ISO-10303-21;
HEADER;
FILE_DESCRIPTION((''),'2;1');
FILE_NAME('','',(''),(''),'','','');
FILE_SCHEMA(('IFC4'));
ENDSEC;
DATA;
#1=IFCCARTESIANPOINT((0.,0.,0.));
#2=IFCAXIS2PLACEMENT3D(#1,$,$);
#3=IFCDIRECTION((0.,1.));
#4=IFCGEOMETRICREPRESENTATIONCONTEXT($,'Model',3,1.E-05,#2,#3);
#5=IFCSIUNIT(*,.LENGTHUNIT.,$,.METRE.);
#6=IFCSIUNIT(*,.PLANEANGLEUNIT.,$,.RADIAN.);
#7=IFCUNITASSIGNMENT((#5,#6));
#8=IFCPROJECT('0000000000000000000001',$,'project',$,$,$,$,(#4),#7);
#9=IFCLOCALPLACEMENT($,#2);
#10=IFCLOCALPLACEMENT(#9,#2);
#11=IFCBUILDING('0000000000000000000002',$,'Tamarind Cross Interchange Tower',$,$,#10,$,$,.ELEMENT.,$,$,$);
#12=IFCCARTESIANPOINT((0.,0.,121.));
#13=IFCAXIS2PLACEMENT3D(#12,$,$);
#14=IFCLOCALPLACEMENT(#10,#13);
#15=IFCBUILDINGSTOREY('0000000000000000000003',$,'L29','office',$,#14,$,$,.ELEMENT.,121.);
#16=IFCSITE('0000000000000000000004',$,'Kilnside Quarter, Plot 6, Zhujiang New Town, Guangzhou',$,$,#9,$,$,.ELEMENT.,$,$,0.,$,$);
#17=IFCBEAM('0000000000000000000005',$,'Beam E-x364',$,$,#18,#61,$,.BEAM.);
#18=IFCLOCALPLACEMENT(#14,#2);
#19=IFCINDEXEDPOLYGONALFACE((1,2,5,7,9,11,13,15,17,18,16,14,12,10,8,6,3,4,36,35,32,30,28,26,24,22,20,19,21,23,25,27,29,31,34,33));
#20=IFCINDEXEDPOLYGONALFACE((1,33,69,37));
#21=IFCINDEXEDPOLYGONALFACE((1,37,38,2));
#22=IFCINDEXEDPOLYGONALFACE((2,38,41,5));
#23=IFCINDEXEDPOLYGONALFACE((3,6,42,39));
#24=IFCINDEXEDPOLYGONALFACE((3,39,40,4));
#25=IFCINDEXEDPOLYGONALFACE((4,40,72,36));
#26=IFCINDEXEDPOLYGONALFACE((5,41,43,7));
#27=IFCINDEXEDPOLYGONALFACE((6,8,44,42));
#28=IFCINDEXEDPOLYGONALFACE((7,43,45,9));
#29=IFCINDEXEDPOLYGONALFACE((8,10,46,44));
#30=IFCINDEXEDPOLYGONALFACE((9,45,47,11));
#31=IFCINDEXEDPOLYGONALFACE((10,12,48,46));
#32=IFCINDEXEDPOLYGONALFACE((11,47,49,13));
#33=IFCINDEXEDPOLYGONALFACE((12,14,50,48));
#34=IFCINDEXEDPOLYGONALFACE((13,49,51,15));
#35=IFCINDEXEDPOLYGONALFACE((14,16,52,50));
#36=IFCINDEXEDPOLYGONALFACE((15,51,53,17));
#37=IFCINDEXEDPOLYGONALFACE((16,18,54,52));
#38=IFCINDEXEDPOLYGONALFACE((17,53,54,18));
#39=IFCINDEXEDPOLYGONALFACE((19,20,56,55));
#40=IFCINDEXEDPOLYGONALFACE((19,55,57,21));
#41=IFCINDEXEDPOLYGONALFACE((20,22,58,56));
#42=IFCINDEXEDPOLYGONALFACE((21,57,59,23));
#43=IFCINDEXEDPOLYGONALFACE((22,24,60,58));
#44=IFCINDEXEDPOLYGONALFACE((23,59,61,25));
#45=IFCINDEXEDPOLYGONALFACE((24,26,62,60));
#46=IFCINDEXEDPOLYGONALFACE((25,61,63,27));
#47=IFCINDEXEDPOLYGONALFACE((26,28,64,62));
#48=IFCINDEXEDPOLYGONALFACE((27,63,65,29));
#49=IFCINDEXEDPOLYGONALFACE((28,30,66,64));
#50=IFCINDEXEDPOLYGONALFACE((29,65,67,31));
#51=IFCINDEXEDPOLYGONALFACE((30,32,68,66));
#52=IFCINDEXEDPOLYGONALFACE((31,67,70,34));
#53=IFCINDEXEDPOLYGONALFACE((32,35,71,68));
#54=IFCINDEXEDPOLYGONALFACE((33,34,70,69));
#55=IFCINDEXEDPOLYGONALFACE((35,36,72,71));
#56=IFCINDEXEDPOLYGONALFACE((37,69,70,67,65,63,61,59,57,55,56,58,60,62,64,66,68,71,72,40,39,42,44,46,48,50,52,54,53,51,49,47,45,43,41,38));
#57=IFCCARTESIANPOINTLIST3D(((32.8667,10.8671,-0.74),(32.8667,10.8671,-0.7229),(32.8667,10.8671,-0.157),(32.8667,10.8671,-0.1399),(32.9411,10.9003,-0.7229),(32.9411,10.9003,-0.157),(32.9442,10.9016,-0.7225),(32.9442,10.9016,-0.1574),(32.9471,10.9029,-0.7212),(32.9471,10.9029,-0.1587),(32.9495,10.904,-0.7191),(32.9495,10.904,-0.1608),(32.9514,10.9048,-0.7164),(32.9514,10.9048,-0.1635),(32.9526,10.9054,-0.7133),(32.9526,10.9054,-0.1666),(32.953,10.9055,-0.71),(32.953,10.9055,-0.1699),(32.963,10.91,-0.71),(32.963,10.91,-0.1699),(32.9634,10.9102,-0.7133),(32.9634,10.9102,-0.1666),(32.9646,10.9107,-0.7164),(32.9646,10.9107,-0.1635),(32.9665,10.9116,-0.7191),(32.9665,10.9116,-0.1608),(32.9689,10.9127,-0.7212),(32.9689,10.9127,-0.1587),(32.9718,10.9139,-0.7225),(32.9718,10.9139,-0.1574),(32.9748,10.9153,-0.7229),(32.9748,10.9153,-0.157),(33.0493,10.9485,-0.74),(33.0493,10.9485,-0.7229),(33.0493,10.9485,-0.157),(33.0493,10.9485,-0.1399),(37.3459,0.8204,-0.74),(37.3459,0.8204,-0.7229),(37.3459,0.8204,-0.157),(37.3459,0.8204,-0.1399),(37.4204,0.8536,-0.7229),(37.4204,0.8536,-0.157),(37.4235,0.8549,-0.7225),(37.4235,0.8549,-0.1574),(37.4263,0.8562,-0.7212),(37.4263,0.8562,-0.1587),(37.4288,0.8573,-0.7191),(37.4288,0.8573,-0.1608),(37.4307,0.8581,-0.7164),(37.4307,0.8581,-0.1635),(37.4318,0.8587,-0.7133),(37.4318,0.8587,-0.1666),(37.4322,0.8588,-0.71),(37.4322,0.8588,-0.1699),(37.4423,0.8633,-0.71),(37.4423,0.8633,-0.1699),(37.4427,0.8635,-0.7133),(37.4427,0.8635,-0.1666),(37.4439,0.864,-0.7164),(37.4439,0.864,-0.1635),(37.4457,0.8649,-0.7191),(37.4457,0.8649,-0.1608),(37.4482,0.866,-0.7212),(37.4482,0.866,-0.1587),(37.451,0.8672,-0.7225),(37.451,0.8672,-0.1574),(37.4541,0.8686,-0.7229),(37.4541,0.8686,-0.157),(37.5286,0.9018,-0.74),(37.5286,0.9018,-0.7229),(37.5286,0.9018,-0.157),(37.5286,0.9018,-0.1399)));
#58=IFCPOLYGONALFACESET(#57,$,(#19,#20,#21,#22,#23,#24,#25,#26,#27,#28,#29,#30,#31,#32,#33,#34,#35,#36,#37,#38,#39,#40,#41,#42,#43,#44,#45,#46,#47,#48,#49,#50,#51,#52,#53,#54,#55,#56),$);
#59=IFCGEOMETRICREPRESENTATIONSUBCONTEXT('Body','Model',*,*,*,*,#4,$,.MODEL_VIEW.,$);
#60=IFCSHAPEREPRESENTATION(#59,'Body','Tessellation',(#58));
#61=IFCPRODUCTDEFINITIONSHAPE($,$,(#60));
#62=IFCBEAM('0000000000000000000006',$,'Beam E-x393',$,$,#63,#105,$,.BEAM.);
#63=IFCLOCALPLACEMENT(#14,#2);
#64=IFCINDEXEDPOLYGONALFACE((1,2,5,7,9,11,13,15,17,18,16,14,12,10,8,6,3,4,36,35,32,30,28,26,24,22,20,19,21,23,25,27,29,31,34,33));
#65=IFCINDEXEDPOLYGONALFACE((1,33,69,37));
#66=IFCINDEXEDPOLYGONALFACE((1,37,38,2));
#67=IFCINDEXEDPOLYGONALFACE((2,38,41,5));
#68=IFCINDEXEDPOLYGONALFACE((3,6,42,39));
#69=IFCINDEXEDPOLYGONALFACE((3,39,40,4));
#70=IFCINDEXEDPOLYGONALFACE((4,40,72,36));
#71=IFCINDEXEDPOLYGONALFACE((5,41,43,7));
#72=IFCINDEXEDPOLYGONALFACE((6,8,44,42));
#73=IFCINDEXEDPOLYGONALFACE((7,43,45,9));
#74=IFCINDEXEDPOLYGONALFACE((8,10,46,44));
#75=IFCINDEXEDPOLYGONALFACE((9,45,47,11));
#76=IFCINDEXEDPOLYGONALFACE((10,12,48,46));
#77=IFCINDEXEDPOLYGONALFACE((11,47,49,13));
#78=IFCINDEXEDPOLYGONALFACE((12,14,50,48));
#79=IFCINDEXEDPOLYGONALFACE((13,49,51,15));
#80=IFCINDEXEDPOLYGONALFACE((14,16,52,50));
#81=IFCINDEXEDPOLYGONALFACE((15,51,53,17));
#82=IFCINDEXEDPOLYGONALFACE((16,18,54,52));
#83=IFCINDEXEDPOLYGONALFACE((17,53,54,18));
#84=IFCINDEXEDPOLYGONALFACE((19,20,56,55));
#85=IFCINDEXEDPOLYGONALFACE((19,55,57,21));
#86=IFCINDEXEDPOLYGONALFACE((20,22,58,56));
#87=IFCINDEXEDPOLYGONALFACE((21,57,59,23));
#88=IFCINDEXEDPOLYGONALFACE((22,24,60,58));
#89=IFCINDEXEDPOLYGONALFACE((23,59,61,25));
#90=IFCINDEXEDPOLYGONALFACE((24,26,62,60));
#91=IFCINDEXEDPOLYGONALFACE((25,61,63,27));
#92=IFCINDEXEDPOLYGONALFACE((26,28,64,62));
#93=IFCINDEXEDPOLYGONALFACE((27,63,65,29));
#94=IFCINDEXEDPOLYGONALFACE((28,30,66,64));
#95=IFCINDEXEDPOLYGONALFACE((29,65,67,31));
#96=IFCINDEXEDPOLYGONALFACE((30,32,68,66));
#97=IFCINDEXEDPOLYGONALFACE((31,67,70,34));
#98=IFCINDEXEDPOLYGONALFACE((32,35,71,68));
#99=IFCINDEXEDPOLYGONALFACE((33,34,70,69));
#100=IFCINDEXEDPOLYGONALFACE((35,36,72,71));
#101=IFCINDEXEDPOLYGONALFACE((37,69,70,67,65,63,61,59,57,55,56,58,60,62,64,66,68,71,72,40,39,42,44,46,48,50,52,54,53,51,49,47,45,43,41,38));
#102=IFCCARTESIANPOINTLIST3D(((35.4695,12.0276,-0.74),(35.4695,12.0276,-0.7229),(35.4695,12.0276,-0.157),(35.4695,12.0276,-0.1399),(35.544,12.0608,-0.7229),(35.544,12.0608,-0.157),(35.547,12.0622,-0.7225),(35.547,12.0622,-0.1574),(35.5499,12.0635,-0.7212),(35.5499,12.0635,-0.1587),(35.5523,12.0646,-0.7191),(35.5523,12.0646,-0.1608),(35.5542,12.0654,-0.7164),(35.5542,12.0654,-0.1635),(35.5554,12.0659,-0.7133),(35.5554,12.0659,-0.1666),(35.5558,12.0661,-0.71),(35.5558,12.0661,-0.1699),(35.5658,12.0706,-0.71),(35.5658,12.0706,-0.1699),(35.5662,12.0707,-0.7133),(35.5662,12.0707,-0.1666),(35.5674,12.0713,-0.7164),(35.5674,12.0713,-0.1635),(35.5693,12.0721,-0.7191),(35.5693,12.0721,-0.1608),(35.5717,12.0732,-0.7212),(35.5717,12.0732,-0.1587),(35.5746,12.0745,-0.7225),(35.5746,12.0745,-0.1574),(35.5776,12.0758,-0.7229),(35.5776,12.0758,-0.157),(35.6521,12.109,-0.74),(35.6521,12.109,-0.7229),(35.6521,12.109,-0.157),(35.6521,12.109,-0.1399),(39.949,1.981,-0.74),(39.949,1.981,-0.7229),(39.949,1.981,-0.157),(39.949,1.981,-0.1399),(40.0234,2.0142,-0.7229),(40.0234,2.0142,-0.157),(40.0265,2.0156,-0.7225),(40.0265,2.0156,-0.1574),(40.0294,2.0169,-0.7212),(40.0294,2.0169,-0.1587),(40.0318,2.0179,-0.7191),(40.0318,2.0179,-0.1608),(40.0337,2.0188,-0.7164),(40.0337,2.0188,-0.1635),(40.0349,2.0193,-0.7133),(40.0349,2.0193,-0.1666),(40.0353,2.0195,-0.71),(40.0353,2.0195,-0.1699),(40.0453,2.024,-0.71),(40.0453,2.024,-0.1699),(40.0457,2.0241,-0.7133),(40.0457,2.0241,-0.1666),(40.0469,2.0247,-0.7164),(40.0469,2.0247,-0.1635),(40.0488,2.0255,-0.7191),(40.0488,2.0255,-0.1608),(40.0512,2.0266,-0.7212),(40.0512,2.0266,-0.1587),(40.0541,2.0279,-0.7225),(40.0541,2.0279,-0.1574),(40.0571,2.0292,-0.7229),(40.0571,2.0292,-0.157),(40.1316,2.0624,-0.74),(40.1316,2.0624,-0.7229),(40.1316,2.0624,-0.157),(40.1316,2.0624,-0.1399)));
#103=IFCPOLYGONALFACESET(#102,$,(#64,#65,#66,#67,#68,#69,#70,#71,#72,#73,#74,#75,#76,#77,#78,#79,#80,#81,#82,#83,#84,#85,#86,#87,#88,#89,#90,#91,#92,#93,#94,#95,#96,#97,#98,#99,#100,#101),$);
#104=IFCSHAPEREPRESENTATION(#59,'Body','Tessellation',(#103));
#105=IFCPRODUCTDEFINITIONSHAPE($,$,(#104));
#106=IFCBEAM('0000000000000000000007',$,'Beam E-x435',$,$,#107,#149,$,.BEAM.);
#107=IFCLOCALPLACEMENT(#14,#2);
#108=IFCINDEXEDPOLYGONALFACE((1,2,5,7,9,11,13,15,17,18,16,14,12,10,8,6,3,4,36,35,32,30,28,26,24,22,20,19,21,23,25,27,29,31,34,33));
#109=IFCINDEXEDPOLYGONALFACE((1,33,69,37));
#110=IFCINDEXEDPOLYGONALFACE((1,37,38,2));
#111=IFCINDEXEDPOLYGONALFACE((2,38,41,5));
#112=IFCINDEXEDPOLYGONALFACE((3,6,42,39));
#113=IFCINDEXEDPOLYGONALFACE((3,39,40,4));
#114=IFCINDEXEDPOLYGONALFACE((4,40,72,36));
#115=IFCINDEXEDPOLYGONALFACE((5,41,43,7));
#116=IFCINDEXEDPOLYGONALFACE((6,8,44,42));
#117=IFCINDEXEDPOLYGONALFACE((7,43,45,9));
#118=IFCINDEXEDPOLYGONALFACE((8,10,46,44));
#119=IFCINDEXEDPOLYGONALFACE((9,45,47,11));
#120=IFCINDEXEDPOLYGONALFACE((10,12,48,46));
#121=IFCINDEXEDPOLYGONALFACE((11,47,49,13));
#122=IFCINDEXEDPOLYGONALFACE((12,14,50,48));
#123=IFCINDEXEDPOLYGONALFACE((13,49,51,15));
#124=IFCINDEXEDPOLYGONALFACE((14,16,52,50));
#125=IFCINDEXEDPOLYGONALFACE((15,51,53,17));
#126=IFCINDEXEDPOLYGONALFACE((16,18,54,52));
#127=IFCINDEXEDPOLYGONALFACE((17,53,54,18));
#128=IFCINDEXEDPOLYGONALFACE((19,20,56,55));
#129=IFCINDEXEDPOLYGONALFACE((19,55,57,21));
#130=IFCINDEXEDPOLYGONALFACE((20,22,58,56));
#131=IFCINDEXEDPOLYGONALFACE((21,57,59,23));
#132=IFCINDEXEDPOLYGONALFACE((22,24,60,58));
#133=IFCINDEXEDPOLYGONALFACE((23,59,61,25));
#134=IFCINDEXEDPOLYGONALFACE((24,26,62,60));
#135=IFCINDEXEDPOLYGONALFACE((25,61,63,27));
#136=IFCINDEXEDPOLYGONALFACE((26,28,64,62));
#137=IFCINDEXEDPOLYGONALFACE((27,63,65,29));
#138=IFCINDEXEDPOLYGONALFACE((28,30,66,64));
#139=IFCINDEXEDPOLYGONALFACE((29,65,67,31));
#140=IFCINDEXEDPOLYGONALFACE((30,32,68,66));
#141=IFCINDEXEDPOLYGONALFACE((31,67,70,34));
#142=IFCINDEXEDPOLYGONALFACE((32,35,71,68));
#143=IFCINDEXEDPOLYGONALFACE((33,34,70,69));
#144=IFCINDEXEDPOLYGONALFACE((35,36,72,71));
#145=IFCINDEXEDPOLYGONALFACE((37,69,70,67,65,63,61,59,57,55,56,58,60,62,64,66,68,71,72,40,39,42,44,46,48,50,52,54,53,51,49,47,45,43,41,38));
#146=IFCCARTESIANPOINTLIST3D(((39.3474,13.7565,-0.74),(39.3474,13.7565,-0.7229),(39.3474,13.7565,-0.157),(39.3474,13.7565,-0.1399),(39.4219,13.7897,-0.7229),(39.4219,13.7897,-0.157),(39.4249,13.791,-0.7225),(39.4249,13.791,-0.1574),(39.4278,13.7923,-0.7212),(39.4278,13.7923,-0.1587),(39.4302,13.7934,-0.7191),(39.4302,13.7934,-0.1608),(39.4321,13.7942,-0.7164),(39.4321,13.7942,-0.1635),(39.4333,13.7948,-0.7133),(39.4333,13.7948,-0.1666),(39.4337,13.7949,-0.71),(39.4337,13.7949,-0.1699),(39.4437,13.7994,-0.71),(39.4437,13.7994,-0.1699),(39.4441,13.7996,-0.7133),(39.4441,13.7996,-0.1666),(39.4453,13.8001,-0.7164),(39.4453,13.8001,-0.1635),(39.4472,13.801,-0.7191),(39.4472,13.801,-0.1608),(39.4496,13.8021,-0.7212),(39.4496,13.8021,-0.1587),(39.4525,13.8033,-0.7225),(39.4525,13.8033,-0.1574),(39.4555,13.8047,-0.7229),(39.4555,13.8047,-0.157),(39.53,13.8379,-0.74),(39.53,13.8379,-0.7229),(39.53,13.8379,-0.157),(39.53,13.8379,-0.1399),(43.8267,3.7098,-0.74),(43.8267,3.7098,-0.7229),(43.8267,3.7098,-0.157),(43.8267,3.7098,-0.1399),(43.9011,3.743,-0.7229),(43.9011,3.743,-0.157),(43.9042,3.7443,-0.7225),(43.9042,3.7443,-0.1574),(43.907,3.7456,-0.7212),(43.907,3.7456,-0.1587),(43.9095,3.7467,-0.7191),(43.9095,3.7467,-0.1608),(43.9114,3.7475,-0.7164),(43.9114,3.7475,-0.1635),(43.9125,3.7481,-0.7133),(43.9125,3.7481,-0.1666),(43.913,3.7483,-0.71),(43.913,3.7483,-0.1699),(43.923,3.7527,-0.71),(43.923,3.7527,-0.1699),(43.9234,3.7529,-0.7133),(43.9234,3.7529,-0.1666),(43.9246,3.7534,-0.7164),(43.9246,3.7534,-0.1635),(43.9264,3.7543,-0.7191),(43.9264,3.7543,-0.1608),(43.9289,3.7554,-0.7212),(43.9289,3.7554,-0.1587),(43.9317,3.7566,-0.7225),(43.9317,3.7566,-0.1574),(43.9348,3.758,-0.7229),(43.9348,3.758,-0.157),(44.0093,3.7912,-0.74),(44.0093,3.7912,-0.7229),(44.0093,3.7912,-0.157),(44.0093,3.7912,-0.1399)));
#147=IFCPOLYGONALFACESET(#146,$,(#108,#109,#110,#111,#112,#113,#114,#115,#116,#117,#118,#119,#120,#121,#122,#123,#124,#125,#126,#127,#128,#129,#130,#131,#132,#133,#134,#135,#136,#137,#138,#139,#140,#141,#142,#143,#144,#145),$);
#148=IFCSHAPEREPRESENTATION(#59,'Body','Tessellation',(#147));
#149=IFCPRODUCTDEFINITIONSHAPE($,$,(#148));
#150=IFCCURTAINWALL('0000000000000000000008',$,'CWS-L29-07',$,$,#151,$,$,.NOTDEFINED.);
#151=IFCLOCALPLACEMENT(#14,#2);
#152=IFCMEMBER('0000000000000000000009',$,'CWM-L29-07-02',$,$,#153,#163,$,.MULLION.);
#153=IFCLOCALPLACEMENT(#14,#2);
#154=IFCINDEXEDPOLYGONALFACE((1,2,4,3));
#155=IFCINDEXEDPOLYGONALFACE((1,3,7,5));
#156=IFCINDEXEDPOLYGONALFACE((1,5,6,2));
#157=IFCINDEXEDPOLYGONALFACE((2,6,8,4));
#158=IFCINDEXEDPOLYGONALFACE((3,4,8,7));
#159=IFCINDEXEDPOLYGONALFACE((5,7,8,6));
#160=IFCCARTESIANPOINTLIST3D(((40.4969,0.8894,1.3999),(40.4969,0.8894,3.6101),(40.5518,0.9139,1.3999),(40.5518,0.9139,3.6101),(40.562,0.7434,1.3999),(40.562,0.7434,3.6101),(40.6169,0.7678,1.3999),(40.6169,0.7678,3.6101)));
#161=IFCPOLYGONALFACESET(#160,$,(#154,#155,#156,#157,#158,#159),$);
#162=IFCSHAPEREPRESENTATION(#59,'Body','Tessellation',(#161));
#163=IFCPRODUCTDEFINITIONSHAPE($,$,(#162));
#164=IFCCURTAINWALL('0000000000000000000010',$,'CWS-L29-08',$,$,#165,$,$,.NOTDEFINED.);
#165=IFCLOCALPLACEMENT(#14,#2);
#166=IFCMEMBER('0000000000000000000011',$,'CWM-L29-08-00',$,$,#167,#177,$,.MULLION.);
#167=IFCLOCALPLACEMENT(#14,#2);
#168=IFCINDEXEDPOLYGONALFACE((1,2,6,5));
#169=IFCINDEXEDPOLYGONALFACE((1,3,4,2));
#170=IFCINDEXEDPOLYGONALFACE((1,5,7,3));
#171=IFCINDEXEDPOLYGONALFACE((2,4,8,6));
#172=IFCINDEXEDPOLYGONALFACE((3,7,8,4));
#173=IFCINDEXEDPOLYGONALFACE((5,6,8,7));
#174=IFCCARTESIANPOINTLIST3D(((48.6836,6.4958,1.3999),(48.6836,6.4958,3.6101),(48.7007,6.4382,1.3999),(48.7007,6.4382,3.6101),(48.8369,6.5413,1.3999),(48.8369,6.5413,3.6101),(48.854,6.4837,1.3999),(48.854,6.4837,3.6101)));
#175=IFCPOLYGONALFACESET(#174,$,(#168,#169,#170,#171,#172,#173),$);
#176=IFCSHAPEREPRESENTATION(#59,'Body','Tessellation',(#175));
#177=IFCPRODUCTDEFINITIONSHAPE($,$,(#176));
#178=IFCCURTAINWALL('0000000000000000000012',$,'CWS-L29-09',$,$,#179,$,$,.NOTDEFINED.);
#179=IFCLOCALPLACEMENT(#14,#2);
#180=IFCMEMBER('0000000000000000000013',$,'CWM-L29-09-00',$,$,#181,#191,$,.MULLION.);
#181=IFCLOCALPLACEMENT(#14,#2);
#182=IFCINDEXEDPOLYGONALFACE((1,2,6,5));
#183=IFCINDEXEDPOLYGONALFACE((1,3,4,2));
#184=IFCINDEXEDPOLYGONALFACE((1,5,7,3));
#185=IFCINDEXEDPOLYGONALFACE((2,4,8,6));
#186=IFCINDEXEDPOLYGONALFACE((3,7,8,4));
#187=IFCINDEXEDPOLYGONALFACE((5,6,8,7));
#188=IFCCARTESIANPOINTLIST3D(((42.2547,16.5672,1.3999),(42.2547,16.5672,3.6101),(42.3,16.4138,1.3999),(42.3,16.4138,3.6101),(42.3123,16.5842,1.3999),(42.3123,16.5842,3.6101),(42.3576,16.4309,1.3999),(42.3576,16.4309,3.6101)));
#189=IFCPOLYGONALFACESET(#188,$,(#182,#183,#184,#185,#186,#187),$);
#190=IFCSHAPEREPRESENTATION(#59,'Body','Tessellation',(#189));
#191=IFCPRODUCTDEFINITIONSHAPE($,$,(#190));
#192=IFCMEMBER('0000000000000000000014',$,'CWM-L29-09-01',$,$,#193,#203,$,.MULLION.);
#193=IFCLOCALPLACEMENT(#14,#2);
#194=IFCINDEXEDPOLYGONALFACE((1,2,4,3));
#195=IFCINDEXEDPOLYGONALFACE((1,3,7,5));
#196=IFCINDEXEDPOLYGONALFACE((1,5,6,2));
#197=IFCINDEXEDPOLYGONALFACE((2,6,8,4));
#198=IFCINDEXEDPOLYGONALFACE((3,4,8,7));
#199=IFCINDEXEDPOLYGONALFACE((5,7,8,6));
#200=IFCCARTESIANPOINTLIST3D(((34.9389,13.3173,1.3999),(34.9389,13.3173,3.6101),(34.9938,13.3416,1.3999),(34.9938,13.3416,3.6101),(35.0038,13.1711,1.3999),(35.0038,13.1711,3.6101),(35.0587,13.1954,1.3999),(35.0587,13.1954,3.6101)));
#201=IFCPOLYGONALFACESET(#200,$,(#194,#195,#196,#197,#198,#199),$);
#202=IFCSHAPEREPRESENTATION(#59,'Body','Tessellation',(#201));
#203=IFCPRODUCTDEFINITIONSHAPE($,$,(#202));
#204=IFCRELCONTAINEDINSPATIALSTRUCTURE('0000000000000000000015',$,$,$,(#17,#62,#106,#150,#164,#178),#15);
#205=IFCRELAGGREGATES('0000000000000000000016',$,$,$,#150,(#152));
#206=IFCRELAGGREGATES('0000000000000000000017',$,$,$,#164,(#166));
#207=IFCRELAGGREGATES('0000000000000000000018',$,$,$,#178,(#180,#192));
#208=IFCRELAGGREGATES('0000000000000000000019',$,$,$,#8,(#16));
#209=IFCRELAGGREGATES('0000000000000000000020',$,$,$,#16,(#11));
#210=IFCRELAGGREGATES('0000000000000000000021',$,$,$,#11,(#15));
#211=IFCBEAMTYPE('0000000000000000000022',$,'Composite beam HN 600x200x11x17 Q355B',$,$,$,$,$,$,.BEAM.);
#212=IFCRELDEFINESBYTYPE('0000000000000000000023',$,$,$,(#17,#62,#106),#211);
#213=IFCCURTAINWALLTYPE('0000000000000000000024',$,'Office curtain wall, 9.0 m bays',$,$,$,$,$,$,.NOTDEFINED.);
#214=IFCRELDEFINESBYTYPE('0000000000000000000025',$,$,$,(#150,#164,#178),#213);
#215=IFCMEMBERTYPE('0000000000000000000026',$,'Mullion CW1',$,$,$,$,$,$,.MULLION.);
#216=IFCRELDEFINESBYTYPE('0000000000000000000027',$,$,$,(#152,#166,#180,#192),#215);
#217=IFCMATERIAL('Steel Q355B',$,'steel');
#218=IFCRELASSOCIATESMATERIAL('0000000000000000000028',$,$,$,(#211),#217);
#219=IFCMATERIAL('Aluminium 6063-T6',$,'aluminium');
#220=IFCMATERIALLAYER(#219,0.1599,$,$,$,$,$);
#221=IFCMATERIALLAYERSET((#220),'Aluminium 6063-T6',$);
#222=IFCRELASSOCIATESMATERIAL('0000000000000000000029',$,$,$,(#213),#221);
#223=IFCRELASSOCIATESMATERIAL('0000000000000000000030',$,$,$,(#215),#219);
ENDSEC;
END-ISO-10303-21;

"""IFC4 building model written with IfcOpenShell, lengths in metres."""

from ifc_helpers import new_model, si_unit, direction, frame, origin, origin_2d, place, context, subcontext, project, spatial, rectangle, i_section, extrude, material, layer, layer_set, material_profile, profile_set, type_object, element, aggregate, save


model = new_model("IFC4")

# Units and contexts
model_context = context("Model", 3, precision=1e-05, world=origin(), true_north=direction((0.0, 1.0)))
body_context = subcontext(model_context, "Body", "Model", "MODEL_VIEW")
ifc_project = project(units=[si_unit("LENGTHUNIT", "METRE"), si_unit("PLANEANGLEUNIT", "RADIAN")], contexts=[model_context])

# Site, building, storey
site_placement = place(None, origin())
site = spatial("IfcSite", under=ifc_project, at=site_placement, Name="Kilnside Quarter, Plot 6, Zhujiang New Town, Guangzhou", CompositionType="ELEMENT", RefElevation=0.0)
building_placement = place(site_placement, origin())
building = spatial("IfcBuilding", under=site, at=building_placement, Name="Tamarind Cross Interchange Tower", CompositionType="ELEMENT")
storey_placement = place(building_placement, frame((0.0, 0.0, 121.0)))
storey = spatial("IfcBuildingStorey", under=building, at=storey_placement, Name="L29", Description="office", CompositionType="ELEMENT", Elevation=121.0)

# Beams
ifc_material_1 = material(Name="Steel Q355B", Category="steel")
ifc_material_profile_1 = material_profile(ifc_material_1, i_section(OverallWidth=0.2, OverallDepth=0.6001, WebThickness=0.011, FlangeThickness=0.0171, FilletRadius=0.0129, at=origin_2d()), Name="HN 600x200x11x17")
ifc_profile_set_1 = profile_set([ifc_material_profile_1], Name="Steel Q355B")
beam_type_1 = type_object("IfcBeamType", Name="Composite beam HN 600x200x11x17 Q355B", PredefinedType="BEAM", material=ifc_profile_set_1)
for number, where, z_axis, x_axis, name in (
    (1, (37.4373, 0.8611, -0.4399), (-0.407207, 0.913336, 0.0), (-0.913336, -0.407207, 0.0), "Beam E-x364"),
    (2, (40.0403, 2.0217, -0.4399), (-0.407225, 0.913328, 0.0), (-0.913328, -0.407225, 0.0), "Beam E-x393"),
    (3, (43.918, 3.7505, -0.4399), (-0.407207, 0.913336, 0.0), (-0.913336, -0.407207, 0.0), "Beam E-x435"),
):
    element("IfcBeam", number, at=place(storey_placement, frame(where, z_axis=z_axis, x_axis=x_axis)), inside=storey, type_object=beam_type_1, Name=name, PredefinedType="BEAM", context=body_context, shape_type="SweptSolid", body=[
        extrude(i_section(OverallWidth=0.2, OverallDepth=0.6001, WebThickness=0.011, FlangeThickness=0.0171, FilletRadius=0.0129, at=origin_2d()), origin(), (0.0, 0.0, 1.0), 11.0),
    ])

# Curtain walls, members
ifc_material_2 = material(Name="Aluminium 6063-T6", Category="aluminium")
ifc_layer_1 = layer(ifc_material_2, 0.1599)
ifc_layer_set_1 = layer_set([ifc_layer_1], Name="Aluminium 6063-T6")
curtain_wall_type = type_object("IfcCurtainWallType", Name="Office curtain wall, 9.0 m bays", PredefinedType="NOTDEFINED", material=ifc_layer_set_1)
curtain_wall_1_placement = place(storey_placement, origin())
curtain_wall_1 = element("IfcCurtainWall", 4, at=curtain_wall_1_placement, inside=storey, type_object=curtain_wall_type, Name="CWS-L29-07", PredefinedType="NOTDEFINED")
ifc_material_profile_2 = material_profile(ifc_material_2, rectangle(XDim=0.0601, YDim=0.1599, at=origin_2d()), Name="Mullion CW1")
ifc_profile_set_2 = profile_set([ifc_material_profile_2], Name="Aluminium 6063-T6")
member_type = type_object("IfcMemberType", Name="Mullion CW1", PredefinedType="MULLION", material=ifc_profile_set_2)
member_1_placement = place(storey_placement, frame((40.5569, 0.8286, 1.3999), z_axis=(0.0, 0.0, 1.0), x_axis=(0.91333, 0.407221, 0.0)))
member_1 = element("IfcMember", 5, at=member_1_placement, type_object=member_type, Name="CWM-L29-07-02", PredefinedType="MULLION", context=body_context, shape_type="SweptSolid", body=[
    extrude(rectangle(XDim=0.0601, YDim=0.1599, at=origin_2d()), origin(), (0.0, 0.0, 1.0), 2.2102),
])
aggregate(curtain_wall_1, [member_1])
curtain_wall_2_placement = place(storey_placement, origin())
curtain_wall_2 = element("IfcCurtainWall", 6, at=curtain_wall_2_placement, inside=storey, type_object=curtain_wall_type, Name="CWS-L29-08", PredefinedType="NOTDEFINED")
member_2_placement = place(storey_placement, frame((48.7688, 6.4897, 1.3999), z_axis=(0.0, 0.0, 1.0), x_axis=(-0.284524, 0.958669, 0.0)))
member_2 = element("IfcMember", 7, at=member_2_placement, type_object=member_type, Name="CWM-L29-08-00", PredefinedType="MULLION", context=body_context, shape_type="SweptSolid", body=[
    extrude(rectangle(XDim=0.0601, YDim=0.1599, at=origin_2d()), origin(), (0.0, 0.0, 1.0), 2.2102),
])
aggregate(curtain_wall_2, [member_2])

# Curtain wall, members
curtain_wall_3_placement = place(storey_placement, origin())
curtain_wall_3 = element("IfcCurtainWall", 8, at=curtain_wall_3_placement, inside=storey, type_object=curtain_wall_type, Name="CWS-L29-09", PredefinedType="NOTDEFINED")
member_3_placement = place(storey_placement, frame((42.3062, 16.499, 1.3999), z_axis=(0.0, 0.0, 1.0), x_axis=(-0.958917, -0.283686, 0.0)))
member_3 = element("IfcMember", 9, at=member_3_placement, type_object=member_type, Name="CWM-L29-09-00", PredefinedType="MULLION", context=body_context, shape_type="SweptSolid", body=[
    extrude(rectangle(XDim=0.0601, YDim=0.1599, at=origin_2d()), origin(), (0.0, 0.0, 1.0), 2.2102),
])
member_4_placement = place(storey_placement, frame((34.9988, 13.2563, 1.3999), z_axis=(0.0, 0.0, 1.0), x_axis=(-0.91404, -0.405624, 0.0)))
member_4 = element("IfcMember", 10, at=member_4_placement, type_object=member_type, Name="CWM-L29-09-01", PredefinedType="MULLION", context=body_context, shape_type="SweptSolid", body=[
    extrude(rectangle(XDim=0.0601, YDim=0.1599, at=origin_2d()), origin(), (0.0, 0.0, 1.0), 2.2102),
])
aggregate(curtain_wall_3, [member_3, member_4])

save(model, "model.ifc")
